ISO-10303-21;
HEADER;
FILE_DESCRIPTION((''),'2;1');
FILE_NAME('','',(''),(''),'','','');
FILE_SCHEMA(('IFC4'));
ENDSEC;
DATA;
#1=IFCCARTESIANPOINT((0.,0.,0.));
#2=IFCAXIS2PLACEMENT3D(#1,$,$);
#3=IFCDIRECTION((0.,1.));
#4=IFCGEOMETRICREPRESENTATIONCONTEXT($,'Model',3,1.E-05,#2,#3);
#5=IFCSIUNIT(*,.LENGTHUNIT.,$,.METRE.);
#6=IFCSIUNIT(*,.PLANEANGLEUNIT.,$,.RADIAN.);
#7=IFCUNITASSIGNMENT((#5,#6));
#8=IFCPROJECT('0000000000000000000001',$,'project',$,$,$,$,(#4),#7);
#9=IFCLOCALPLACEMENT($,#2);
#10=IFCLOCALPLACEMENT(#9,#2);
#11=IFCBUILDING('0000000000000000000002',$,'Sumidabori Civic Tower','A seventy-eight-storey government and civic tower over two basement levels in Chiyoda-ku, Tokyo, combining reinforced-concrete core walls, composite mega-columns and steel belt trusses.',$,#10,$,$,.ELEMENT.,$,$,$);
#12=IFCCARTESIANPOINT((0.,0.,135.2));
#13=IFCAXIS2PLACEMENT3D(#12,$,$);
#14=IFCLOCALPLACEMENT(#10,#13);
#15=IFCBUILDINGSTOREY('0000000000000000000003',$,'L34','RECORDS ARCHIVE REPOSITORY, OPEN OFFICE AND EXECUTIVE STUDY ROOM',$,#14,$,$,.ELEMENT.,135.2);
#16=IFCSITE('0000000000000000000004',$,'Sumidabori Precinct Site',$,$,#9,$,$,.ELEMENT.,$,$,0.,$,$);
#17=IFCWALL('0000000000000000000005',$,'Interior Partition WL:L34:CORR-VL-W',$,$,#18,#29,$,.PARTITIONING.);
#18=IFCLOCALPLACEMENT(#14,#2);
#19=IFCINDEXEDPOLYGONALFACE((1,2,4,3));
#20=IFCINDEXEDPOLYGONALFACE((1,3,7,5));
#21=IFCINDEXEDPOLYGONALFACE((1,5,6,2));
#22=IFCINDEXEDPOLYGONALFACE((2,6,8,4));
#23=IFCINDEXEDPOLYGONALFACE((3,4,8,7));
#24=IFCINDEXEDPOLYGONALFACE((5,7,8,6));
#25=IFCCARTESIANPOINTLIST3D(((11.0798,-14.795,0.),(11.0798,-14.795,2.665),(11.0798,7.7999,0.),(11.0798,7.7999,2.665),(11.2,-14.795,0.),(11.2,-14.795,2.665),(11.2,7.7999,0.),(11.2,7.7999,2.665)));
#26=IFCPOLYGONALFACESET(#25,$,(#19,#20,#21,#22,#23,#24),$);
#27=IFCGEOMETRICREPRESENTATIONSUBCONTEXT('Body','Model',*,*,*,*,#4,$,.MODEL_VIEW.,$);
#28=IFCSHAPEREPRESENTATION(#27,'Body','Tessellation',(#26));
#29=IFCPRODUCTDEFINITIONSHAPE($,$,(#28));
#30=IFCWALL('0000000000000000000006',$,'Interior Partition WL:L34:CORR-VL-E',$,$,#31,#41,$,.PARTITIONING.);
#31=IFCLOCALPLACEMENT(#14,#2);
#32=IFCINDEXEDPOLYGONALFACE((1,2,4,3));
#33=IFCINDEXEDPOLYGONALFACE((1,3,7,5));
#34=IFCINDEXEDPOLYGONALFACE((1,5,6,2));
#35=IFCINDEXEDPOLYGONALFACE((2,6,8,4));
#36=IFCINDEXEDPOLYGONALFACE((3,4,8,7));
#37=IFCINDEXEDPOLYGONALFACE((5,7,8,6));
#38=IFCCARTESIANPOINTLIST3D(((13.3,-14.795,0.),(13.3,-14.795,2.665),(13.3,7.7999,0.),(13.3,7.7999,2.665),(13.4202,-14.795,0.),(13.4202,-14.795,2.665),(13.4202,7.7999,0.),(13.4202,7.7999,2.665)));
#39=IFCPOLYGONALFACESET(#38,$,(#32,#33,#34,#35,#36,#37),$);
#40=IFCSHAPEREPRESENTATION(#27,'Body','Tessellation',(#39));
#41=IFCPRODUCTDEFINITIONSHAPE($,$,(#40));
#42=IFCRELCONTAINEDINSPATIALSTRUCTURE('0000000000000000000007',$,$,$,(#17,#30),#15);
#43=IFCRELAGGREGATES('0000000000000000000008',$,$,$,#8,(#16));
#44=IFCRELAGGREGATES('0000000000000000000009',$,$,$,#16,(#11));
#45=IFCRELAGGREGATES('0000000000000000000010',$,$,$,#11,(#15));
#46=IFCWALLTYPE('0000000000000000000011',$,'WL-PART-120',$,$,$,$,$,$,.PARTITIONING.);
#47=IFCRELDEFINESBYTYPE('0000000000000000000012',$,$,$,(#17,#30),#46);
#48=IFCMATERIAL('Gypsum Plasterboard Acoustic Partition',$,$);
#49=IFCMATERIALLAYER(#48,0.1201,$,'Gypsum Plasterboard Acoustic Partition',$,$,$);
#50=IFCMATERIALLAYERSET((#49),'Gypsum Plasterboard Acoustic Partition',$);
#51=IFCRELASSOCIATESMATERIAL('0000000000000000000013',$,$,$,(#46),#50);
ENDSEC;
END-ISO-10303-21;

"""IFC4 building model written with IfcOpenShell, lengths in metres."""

from ifc_helpers import new_model, si_unit, direction, frame, frame_2d, origin, place, context, subcontext, project, spatial, rectangle, extrude, source, transform, mapped, material, layer, layer_set, type_object, element, save


model = new_model("IFC4")

# Units and contexts
model_context = context("Model", 3, precision=1e-05, world=origin(), true_north=direction((0.0, 1.0)))
body_context = subcontext(model_context, "Body", "Model", "MODEL_VIEW")
ifc_project = project(units=[si_unit("LENGTHUNIT", "METRE"), si_unit("PLANEANGLEUNIT", "RADIAN")], contexts=[model_context])

# Site, building, storey
site_placement = place(None, origin())
site = spatial("IfcSite", under=ifc_project, at=site_placement, Name="Sumidabori Precinct Site", CompositionType="ELEMENT", RefElevation=0.0)
building_placement = place(site_placement, origin())
building = spatial("IfcBuilding", under=site, at=building_placement, Name="Sumidabori Civic Tower", Description="A seventy-eight-storey government and civic tower over two basement levels in Chiyoda-ku, Tokyo, combining reinforced-concrete core walls, composite mega-columns and steel belt trusses.", CompositionType="ELEMENT")
storey_placement = place(building_placement, frame((0.0, 0.0, 135.2)))
storey = spatial("IfcBuildingStorey", under=building, at=storey_placement, Name="L34", Description="RECORDS ARCHIVE REPOSITORY, OPEN OFFICE AND EXECUTIVE STUDY ROOM", CompositionType="ELEMENT", Elevation=135.2)

# Walls
ifc_material_1 = material(Name="Gypsum Plasterboard Acoustic Partition")
ifc_layer_1 = layer(ifc_material_1, 0.1201, Name="Gypsum Plasterboard Acoustic Partition")
ifc_layer_set_1 = layer_set([ifc_layer_1], Name="Gypsum Plasterboard Acoustic Partition")
wall_type_1 = type_object("IfcWallType", Name="WL-PART-120", PredefinedType="PARTITIONING", material=ifc_layer_set_1)
shared_shape_1 = source(origin(), body_context, "Body", "SweptSolid", [
    extrude(rectangle(XDim=22.595, YDim=0.1201, at=frame_2d((11.2974, 0.0))), origin(), (0.0, 0.0, 1.0), 2.665),
])
for number, where, z_axis, x_axis, name in (
    (1, (11.1399, -14.7949, 0.0), (0.0, 0.0, 1.0), (0.0, 1.0, 0.0), "Interior Partition WL:L34:CORR-VL-W"),
    (2, (13.3601, -14.7949, 0.0), (0.0, 0.0, 1.0), (0.0, 1.0, 0.0), "Interior Partition WL:L34:CORR-VL-E"),
):
    element("IfcWall", number, at=place(storey_placement, frame(where, z_axis=z_axis, x_axis=x_axis)), inside=storey, type_object=wall_type_1, Name=name, PredefinedType="PARTITIONING", context=body_context, shape_type="MappedRepresentation", body=[
        mapped(shared_shape_1, transform((0.0, 0.0, 0.0), x_axis=(1.0, 0.0, 0.0), y_axis=(0.0, 1.0, 0.0), z_axis=(0.0, 0.0, 1.0), scale=1.0)),
    ])

save(model, "model.ifc")
